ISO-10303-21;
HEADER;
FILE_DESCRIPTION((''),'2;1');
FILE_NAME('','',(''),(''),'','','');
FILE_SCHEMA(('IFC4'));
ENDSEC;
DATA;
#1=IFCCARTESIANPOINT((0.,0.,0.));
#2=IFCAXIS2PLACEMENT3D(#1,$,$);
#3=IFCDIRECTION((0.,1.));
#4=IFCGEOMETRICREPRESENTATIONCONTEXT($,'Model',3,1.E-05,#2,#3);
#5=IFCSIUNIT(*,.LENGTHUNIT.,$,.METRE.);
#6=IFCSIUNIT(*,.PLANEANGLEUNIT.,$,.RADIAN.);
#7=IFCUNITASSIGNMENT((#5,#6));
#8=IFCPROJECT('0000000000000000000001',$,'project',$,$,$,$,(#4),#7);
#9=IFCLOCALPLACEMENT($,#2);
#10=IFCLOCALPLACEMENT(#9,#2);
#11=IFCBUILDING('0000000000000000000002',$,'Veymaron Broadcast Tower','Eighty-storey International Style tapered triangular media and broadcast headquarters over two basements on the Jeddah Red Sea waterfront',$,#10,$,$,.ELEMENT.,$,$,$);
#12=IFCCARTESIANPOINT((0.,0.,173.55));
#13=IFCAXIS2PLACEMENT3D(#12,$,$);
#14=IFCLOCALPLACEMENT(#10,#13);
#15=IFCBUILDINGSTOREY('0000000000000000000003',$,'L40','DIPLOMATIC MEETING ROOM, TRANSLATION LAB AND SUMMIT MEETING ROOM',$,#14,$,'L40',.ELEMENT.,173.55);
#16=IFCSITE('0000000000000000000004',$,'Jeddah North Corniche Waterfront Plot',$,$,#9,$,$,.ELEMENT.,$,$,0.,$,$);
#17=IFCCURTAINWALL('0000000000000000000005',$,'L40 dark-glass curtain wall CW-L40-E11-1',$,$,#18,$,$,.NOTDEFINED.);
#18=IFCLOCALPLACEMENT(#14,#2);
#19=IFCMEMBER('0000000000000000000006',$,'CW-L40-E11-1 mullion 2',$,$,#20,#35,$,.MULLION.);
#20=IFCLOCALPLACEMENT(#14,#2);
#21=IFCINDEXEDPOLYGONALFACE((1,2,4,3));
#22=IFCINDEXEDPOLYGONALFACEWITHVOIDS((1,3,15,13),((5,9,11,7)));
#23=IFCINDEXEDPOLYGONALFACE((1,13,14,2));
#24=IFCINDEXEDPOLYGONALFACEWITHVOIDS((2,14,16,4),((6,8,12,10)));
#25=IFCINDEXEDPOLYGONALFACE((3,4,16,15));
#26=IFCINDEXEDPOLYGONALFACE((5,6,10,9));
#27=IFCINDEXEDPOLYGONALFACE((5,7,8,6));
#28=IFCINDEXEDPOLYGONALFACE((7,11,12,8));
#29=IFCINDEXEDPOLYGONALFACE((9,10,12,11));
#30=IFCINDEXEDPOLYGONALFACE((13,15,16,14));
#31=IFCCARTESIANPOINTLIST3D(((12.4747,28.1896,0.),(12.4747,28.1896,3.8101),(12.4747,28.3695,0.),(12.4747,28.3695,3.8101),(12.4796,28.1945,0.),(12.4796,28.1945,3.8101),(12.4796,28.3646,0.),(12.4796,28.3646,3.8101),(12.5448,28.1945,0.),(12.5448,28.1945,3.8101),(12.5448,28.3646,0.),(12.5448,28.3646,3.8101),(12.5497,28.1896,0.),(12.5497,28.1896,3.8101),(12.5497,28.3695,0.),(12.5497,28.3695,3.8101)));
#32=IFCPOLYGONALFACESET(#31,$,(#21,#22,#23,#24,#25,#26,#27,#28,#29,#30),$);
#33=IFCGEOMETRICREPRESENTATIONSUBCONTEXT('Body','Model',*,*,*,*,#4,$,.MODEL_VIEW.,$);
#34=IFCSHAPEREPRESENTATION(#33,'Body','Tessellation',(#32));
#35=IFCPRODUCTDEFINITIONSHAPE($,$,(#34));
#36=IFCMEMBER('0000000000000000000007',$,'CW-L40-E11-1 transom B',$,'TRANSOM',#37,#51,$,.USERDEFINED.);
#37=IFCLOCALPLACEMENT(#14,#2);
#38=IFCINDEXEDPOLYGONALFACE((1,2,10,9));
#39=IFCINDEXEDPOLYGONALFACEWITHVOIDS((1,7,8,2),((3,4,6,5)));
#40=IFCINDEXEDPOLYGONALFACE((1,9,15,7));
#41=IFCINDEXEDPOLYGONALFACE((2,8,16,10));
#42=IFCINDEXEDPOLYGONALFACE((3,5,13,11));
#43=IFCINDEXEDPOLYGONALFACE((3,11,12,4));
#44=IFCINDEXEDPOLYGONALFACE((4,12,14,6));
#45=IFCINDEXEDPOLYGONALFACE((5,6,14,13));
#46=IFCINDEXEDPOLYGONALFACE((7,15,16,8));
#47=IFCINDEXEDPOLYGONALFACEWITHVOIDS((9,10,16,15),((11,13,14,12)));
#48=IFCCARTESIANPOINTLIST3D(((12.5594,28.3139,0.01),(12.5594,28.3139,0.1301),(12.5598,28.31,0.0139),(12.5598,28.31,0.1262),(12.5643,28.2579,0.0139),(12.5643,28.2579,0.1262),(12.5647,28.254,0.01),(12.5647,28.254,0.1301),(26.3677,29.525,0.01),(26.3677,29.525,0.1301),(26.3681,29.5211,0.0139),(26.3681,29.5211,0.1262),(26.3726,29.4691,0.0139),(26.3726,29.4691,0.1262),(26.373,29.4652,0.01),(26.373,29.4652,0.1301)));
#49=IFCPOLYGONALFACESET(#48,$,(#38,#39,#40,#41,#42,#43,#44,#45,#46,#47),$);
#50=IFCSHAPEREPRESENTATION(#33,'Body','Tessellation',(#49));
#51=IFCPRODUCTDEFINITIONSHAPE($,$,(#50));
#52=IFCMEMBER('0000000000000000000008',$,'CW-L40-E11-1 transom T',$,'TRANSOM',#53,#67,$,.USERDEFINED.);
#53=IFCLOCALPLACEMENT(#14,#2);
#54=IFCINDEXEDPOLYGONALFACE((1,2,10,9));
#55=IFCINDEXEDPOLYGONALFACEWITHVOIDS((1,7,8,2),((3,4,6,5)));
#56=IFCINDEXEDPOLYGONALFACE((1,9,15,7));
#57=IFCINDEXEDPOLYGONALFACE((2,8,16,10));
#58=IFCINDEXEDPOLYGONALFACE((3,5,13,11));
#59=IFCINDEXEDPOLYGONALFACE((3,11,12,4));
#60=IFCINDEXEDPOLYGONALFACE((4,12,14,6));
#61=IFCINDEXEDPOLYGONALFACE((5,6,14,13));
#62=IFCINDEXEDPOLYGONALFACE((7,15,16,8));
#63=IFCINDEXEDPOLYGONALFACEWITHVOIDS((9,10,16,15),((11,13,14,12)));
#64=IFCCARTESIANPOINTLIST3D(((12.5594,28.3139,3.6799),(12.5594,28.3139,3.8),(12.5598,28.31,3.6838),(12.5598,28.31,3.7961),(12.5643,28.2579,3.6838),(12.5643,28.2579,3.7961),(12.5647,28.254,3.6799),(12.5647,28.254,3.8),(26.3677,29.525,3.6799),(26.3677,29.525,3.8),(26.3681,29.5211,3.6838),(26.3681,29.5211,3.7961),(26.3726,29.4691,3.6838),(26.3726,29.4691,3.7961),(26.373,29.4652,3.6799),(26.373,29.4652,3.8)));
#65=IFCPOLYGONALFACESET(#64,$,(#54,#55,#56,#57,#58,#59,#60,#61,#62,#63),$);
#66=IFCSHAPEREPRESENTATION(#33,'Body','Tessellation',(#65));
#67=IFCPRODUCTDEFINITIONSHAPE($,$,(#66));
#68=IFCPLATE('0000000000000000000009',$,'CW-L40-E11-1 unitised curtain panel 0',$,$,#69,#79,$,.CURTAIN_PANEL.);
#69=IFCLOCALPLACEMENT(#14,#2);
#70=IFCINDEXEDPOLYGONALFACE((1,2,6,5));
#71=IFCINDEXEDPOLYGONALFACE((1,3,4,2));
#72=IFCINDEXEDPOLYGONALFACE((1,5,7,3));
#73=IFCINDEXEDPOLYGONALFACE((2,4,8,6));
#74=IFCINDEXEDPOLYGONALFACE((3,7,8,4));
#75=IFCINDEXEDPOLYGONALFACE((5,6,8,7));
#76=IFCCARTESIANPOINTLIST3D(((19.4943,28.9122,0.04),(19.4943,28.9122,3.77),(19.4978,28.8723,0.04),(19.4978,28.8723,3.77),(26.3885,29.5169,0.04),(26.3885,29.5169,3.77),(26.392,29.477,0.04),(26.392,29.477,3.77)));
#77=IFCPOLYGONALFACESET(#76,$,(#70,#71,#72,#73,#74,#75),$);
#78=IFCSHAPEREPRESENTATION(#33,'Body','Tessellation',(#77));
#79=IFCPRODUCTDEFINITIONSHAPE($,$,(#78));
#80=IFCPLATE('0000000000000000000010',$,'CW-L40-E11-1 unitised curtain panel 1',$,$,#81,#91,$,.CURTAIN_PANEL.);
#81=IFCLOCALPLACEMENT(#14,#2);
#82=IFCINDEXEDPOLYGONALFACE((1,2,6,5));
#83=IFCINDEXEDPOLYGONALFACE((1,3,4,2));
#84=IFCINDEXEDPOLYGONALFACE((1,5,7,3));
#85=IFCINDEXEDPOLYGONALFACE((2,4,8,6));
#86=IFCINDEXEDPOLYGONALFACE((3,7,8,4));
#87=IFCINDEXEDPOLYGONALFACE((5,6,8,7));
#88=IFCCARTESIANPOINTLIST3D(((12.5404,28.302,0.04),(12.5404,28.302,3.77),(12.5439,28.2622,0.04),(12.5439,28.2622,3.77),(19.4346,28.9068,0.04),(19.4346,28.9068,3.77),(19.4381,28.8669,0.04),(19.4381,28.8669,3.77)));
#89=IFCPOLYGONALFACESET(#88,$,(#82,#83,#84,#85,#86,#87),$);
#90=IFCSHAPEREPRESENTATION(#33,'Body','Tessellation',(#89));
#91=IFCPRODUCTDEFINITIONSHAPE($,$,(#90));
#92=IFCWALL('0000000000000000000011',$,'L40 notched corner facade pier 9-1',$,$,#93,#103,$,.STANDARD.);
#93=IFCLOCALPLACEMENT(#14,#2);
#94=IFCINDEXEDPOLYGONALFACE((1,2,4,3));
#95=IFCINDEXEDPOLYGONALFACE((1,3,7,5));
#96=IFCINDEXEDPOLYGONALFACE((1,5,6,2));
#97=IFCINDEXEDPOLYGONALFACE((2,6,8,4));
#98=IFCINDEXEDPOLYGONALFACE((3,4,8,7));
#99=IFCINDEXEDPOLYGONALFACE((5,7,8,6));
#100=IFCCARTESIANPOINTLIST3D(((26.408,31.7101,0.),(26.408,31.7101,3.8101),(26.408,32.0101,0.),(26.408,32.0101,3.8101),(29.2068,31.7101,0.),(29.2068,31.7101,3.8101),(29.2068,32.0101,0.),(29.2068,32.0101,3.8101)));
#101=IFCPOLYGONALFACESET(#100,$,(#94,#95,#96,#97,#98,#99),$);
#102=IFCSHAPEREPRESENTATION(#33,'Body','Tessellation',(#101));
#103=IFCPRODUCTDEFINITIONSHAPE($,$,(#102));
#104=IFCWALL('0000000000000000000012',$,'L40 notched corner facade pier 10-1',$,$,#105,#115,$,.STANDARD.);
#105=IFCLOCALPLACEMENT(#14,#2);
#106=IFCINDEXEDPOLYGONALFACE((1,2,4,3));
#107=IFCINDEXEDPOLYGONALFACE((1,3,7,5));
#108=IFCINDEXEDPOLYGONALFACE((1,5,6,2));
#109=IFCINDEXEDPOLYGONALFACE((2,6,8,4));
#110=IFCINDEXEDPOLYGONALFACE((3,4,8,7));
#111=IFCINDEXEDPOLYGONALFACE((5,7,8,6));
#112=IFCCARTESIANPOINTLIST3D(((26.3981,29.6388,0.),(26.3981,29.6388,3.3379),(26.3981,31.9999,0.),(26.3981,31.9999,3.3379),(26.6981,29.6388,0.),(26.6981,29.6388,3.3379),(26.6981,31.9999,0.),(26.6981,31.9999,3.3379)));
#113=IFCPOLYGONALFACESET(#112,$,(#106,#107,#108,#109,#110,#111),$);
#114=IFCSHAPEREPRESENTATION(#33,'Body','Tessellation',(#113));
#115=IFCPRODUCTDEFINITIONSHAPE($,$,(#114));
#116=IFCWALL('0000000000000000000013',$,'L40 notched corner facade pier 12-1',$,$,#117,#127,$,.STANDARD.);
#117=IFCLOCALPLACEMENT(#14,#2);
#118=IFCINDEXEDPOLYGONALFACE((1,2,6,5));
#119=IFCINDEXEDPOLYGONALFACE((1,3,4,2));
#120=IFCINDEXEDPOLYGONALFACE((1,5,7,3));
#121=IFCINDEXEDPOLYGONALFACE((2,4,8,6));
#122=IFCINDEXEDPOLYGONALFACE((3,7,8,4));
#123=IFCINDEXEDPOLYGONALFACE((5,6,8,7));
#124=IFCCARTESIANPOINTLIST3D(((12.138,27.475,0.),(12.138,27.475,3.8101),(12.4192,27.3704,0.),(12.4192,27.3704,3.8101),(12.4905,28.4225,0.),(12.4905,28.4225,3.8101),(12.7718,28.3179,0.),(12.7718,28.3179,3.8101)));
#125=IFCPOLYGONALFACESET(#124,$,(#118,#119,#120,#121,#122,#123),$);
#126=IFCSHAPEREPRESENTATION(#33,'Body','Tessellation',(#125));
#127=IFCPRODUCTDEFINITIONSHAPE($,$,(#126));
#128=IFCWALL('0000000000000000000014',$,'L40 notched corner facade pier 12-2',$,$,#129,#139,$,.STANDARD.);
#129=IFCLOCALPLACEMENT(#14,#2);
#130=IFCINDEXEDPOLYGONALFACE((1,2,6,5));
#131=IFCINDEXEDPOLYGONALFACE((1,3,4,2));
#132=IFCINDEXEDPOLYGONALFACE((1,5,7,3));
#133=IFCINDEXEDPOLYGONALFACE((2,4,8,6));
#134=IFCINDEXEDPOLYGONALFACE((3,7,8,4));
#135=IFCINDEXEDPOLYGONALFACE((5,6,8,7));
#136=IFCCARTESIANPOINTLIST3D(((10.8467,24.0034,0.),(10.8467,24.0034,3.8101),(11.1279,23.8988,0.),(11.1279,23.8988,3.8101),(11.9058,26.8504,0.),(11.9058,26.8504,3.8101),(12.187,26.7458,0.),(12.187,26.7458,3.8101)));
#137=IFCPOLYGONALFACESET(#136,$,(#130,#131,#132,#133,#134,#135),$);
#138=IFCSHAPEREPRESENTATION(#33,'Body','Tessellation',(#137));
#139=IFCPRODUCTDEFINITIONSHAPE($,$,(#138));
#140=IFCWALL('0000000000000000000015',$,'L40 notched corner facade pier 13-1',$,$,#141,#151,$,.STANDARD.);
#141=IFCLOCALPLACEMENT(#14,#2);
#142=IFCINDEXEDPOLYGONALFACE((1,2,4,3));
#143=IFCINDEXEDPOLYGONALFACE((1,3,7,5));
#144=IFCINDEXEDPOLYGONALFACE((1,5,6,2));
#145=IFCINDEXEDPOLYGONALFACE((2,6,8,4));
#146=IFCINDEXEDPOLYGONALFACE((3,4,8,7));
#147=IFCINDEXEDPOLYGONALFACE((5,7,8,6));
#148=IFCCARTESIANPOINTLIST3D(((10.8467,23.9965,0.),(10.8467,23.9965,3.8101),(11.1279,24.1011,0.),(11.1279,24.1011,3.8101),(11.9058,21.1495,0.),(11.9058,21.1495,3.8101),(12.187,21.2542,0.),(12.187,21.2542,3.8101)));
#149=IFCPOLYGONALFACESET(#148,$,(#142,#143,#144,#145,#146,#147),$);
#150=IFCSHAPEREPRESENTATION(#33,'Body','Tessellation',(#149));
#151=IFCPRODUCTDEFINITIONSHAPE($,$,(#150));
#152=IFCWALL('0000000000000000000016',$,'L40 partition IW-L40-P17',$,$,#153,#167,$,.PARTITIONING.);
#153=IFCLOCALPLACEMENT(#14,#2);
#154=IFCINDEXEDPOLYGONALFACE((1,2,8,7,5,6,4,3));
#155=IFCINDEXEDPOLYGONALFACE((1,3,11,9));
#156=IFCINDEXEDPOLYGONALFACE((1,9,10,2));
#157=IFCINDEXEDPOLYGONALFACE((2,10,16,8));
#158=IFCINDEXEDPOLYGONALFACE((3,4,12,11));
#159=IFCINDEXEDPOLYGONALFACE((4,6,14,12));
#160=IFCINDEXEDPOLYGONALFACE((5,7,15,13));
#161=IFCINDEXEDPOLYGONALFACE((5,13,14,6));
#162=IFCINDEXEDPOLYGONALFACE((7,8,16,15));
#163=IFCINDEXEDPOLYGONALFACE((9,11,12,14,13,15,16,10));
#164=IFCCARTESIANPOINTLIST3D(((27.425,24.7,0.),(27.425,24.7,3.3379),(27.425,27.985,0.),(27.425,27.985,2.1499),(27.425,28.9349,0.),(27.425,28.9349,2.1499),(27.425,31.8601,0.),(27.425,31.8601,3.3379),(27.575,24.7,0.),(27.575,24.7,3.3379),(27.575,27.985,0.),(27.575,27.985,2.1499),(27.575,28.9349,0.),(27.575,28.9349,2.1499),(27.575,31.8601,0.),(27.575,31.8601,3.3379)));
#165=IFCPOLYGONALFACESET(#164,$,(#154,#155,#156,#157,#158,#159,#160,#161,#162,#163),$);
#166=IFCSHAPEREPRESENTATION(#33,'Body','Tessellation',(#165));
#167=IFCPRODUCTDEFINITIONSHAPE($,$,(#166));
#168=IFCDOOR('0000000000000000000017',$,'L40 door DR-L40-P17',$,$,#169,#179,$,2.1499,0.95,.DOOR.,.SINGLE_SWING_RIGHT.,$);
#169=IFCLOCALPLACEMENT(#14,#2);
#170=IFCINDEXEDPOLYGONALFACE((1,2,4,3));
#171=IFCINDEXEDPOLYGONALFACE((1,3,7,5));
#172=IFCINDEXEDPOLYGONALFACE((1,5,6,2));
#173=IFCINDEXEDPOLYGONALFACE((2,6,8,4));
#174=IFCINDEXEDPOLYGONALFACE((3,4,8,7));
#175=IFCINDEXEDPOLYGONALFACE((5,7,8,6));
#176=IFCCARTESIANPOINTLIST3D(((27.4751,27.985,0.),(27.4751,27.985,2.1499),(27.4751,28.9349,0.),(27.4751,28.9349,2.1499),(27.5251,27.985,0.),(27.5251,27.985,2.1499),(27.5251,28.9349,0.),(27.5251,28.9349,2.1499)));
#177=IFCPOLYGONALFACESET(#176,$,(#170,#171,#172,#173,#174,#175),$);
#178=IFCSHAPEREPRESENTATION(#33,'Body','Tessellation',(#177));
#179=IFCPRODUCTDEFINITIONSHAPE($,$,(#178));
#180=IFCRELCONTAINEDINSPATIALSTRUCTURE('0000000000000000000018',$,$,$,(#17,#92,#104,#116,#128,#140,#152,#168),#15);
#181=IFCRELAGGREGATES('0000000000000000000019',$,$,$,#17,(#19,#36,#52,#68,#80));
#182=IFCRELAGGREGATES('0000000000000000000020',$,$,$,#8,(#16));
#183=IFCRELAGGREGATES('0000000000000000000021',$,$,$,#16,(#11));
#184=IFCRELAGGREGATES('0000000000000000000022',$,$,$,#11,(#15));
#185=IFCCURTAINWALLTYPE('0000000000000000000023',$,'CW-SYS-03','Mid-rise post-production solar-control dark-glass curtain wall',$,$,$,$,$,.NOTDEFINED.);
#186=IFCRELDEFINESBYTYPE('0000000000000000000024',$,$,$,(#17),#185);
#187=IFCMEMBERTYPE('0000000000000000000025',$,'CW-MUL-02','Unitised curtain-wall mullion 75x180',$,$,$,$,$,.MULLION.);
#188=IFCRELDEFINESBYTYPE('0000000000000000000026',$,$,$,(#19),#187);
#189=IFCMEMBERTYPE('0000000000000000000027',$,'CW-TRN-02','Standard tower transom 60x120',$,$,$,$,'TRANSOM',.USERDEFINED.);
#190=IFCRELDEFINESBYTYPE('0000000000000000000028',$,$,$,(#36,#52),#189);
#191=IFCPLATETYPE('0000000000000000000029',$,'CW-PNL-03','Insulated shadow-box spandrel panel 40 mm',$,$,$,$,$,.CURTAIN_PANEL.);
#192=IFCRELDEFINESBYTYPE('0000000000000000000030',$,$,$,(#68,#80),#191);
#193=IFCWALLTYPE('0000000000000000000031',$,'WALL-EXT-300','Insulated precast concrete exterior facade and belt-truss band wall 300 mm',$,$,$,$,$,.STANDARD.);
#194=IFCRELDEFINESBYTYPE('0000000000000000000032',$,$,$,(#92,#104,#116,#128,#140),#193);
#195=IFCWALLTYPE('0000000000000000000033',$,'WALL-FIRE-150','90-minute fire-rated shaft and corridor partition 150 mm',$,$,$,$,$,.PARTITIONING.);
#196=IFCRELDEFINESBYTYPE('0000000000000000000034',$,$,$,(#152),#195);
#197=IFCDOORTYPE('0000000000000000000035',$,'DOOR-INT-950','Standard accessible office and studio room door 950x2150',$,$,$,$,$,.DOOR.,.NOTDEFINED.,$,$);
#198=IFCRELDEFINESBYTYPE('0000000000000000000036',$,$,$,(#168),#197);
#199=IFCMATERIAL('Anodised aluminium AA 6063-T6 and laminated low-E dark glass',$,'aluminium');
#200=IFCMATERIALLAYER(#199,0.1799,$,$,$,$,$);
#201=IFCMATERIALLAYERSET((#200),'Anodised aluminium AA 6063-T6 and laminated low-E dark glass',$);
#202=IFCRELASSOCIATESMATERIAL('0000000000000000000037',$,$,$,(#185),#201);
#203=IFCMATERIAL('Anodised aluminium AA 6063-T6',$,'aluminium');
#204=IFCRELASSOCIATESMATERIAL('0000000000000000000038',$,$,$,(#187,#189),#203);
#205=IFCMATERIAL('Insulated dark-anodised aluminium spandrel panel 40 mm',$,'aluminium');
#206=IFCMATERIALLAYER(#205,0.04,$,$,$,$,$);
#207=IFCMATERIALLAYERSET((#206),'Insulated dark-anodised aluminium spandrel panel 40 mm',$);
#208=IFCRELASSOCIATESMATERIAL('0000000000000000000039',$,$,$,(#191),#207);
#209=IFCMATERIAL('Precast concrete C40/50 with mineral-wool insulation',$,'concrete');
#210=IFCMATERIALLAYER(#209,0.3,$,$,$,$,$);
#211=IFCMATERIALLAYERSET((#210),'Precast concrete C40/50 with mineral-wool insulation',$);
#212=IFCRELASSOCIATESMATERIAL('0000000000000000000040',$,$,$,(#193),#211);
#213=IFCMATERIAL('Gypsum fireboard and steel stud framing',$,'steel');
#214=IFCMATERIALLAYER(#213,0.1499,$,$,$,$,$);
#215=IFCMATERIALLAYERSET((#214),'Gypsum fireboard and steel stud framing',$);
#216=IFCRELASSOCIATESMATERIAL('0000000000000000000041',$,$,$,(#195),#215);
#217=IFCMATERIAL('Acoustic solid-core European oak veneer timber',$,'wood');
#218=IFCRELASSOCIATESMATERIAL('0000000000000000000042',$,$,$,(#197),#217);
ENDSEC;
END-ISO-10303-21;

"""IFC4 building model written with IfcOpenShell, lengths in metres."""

from ifc_helpers import new_model, si_unit, direction, frame, frame_2d, origin, origin_2d, place, context, subcontext, project, spatial, rectangle, hollow_rectangle, extrude, material, layer, layer_set, material_profile, profile_set, type_object, element, fill, aggregate, save


model = new_model("IFC4")

# Units and contexts
model_context = context("Model", 3, precision=1e-05, world=origin(), true_north=direction((0.0, 1.0)))
body_context = subcontext(model_context, "Body", "Model", "MODEL_VIEW")
ifc_project = project(units=[si_unit("LENGTHUNIT", "METRE"), si_unit("PLANEANGLEUNIT", "RADIAN")], contexts=[model_context])

# Site, building, storey
site_placement = place(None, origin())
site = spatial("IfcSite", under=ifc_project, at=site_placement, Name="Jeddah North Corniche Waterfront Plot", CompositionType="ELEMENT", RefElevation=0.0)
building_placement = place(site_placement, origin())
building = spatial("IfcBuilding", under=site, at=building_placement, Name="Veymaron Broadcast Tower", Description="Eighty-storey International Style tapered triangular media and broadcast headquarters over two basements on the Jeddah Red Sea waterfront", CompositionType="ELEMENT")
storey_placement = place(building_placement, frame((0.0, 0.0, 173.55)))
storey = spatial("IfcBuildingStorey", under=building, at=storey_placement, Name="L40", Description="DIPLOMATIC MEETING ROOM, TRANSLATION LAB AND SUMMIT MEETING ROOM", LongName="L40", CompositionType="ELEMENT", Elevation=173.55)

# Curtain wall, members, plates
ifc_material_1 = material(Name="Anodised aluminium AA 6063-T6 and laminated low-E dark glass", Category="aluminium")
ifc_layer_1 = layer(ifc_material_1, 0.1799)
ifc_layer_set_1 = layer_set([ifc_layer_1], Name="Anodised aluminium AA 6063-T6 and laminated low-E dark glass")
curtain_wall_type = type_object("IfcCurtainWallType", Name="CW-SYS-03", Description="Mid-rise post-production solar-control dark-glass curtain wall", PredefinedType="NOTDEFINED", material=ifc_layer_set_1)
curtain_wall_placement = place(storey_placement, origin())
curtain_wall = element("IfcCurtainWall", 1, at=curtain_wall_placement, inside=storey, type_object=curtain_wall_type, Name="L40 dark-glass curtain wall CW-L40-E11-1", PredefinedType="NOTDEFINED")
ifc_material_2 = material(Name="Anodised aluminium AA 6063-T6", Category="aluminium")
ifc_material_profile_1 = material_profile(ifc_material_2, hollow_rectangle(XDim=0.075, YDim=0.1799, WallThickness=0.0049, at=origin_2d()), Name="AL180X75X5")
ifc_profile_set_1 = profile_set([ifc_material_profile_1], Name="Anodised aluminium AA 6063-T6")
member_type_1 = type_object("IfcMemberType", Name="CW-MUL-02", Description="Unitised curtain-wall mullion 75x180", PredefinedType="MULLION", material=ifc_profile_set_1)
member_1_placement = place(storey_placement, frame((12.5122, 28.2795, 0.0), z_axis=(0.0, 0.0, 1.0), x_axis=(1.0, 0.0, 0.0)))
member_1 = element("IfcMember", 2, at=member_1_placement, type_object=member_type_1, Name="CW-L40-E11-1 mullion 2", PredefinedType="MULLION", context=body_context, shape_type="SweptSolid", body=[
    extrude(hollow_rectangle(XDim=0.075, YDim=0.1799, WallThickness=0.0049, at=origin_2d()), origin(), (0.0, 0.0, 1.0), 3.8101),
])
ifc_material_profile_2 = material_profile(ifc_material_2, hollow_rectangle(XDim=0.0601, YDim=0.1201, WallThickness=0.0039, at=origin_2d()), Name="AL120X60X4")
ifc_profile_set_2 = profile_set([ifc_material_profile_2], Name="Anodised aluminium AA 6063-T6")
member_type_2 = type_object("IfcMemberType", Name="CW-TRN-02", Description="Standard tower transom 60x120", ElementType="TRANSOM", PredefinedType="USERDEFINED", material=ifc_profile_set_2)
member_2_placement = place(storey_placement, frame((26.3704, 29.4951, 0.0701), z_axis=(-0.996175, -0.087378, 0.0), x_axis=(0.087378, -0.996175, 0.0)))
member_2 = element("IfcMember", 3, at=member_2_placement, type_object=member_type_2, Name="CW-L40-E11-1 transom B", ObjectType="TRANSOM", PredefinedType="USERDEFINED", context=body_context, shape_type="SweptSolid", body=[
    extrude(hollow_rectangle(XDim=0.0601, YDim=0.1201, WallThickness=0.0039, at=origin_2d()), origin(), (0.0, 0.0, 1.0), 13.8613),
])
member_3_placement = place(storey_placement, frame((26.3704, 29.4951, 3.74), z_axis=(-0.996175, -0.087378, 0.0), x_axis=(0.087378, -0.996175, 0.0)))
member_3 = element("IfcMember", 4, at=member_3_placement, type_object=member_type_2, Name="CW-L40-E11-1 transom T", ObjectType="TRANSOM", PredefinedType="USERDEFINED", context=body_context, shape_type="SweptSolid", body=[
    extrude(hollow_rectangle(XDim=0.0601, YDim=0.1201, WallThickness=0.0039, at=origin_2d()), origin(), (0.0, 0.0, 1.0), 13.8613),
])
ifc_material_3 = material(Name="Insulated dark-anodised aluminium spandrel panel 40 mm", Category="aluminium")
ifc_layer_2 = layer(ifc_material_3, 0.04)
ifc_layer_set_2 = layer_set([ifc_layer_2], Name="Insulated dark-anodised aluminium spandrel panel 40 mm")
plate_type = type_object("IfcPlateType", Name="CW-PNL-03", Description="Insulated shadow-box spandrel panel 40 mm", PredefinedType="CURTAIN_PANEL", material=ifc_layer_set_2)
plate_1_placement = place(storey_placement, frame((22.9431, 29.1946, 0.04), z_axis=(0.0, 0.0, 1.0), x_axis=(-0.996175, -0.087382, 0.0)))
plate_1 = element("IfcPlate", 5, at=plate_1_placement, type_object=plate_type, Name="CW-L40-E11-1 unitised curtain panel 0", PredefinedType="CURTAIN_PANEL", context=body_context, shape_type="SweptSolid", body=[
    extrude(rectangle(XDim=6.9207, YDim=0.04, at=origin_2d()), origin(), (0.0, 0.0, 1.0), 3.73),
])
plate_2_placement = place(storey_placement, frame((15.9893, 28.5845, 0.04), z_axis=(0.0, 0.0, 1.0), x_axis=(-0.996175, -0.087382, 0.0)))
plate_2 = element("IfcPlate", 6, at=plate_2_placement, type_object=plate_type, Name="CW-L40-E11-1 unitised curtain panel 1", PredefinedType="CURTAIN_PANEL", context=body_context, shape_type="SweptSolid", body=[
    extrude(rectangle(XDim=6.9207, YDim=0.04, at=origin_2d()), origin(), (0.0, 0.0, 1.0), 3.73),
])
aggregate(curtain_wall, [member_1, member_2, member_3, plate_1, plate_2])

# Walls
ifc_material_4 = material(Name="Precast concrete C40/50 with mineral-wool insulation", Category="concrete")
ifc_layer_3 = layer(ifc_material_4, 0.3)
ifc_layer_set_3 = layer_set([ifc_layer_3], Name="Precast concrete C40/50 with mineral-wool insulation")
wall_type_1 = type_object("IfcWallType", Name="WALL-EXT-300", Description="Insulated precast concrete exterior facade and belt-truss band wall 300 mm", PredefinedType="STANDARD", material=ifc_layer_set_3)
wall_1_placement = place(storey_placement, frame((29.2068, 31.8601, 0.0), z_axis=(0.0, 0.0, 1.0), x_axis=(-1.0, 0.0, 0.0)))
element("IfcWall", 7, at=wall_1_placement, inside=storey, type_object=wall_type_1, Name="L40 notched corner facade pier 9-1", PredefinedType="STANDARD", context=body_context, shape_type="SweptSolid", body=[
    extrude(rectangle(XDim=2.7988, YDim=0.3, at=frame_2d((1.3994, 0.0))), origin(), (0.0, 0.0, 1.0), 3.8101),
])
wall_2_placement = place(storey_placement, frame((26.5481, 32.0, 0.0), z_axis=(0.0, 0.0, 1.0), x_axis=(0.0, -1.0, 0.0)))
element("IfcWall", 8, at=wall_2_placement, inside=storey, type_object=wall_type_1, Name="L40 notched corner facade pier 10-1", PredefinedType="STANDARD", context=body_context, shape_type="SweptSolid", body=[
    extrude(rectangle(XDim=2.3611, YDim=0.3, at=frame_2d((1.1807, 0.0))), origin(), (0.0, 0.0, 1.0), 3.3379),
])
wall_3_placement = place(storey_placement, frame((12.6311, 28.3701, 0.0), z_axis=(0.0, 0.0, 1.0), x_axis=(-0.348714, -0.937229, 0.0)))
element("IfcWall", 9, at=wall_3_placement, inside=storey, type_object=wall_type_1, Name="L40 notched corner facade pier 12-1", PredefinedType="STANDARD", context=body_context, shape_type="SweptSolid", body=[
    extrude(rectangle(XDim=1.011, YDim=0.3, at=frame_2d((0.5054, 0.0))), origin(), (0.0, 0.0, 1.0), 3.8101),
])
for number, where, z_axis, x_axis, name in (
    (10, (12.0464, 26.7981, 0.0), (0.0, 0.0, 1.0), (-0.348665, -0.937248, 0.0), "L40 notched corner facade pier 12-2"),
    (11, (10.9873, 24.0488, 0.0), (0.0, 0.0, 1.0), (0.348665, -0.937248, 0.0), "L40 notched corner facade pier 13-1"),
):
    element("IfcWall", number, at=place(storey_placement, frame(where, z_axis=z_axis, x_axis=x_axis)), inside=storey, type_object=wall_type_1, Name=name, PredefinedType="STANDARD", context=body_context, shape_type="SweptSolid", body=[
        extrude(rectangle(XDim=3.0376, YDim=0.3, at=frame_2d((1.5188, 0.0))), origin(), (0.0, 0.0, 1.0), 3.8101),
    ])

# Wall, opening, door
ifc_material_5 = material(Name="Gypsum fireboard and steel stud framing", Category="steel")
ifc_layer_4 = layer(ifc_material_5, 0.1499)
ifc_layer_set_4 = layer_set([ifc_layer_4], Name="Gypsum fireboard and steel stud framing")
wall_type_2 = type_object("IfcWallType", Name="WALL-FIRE-150", Description="90-minute fire-rated shaft and corridor partition 150 mm", PredefinedType="PARTITIONING", material=ifc_layer_set_4)
wall_4_placement = place(storey_placement, frame((27.5, 24.7, 0.0), z_axis=(0.0, 0.0, 1.0), x_axis=(0.0, 1.0, 0.0)))
wall_4 = element("IfcWall", 12, at=wall_4_placement, inside=storey, type_object=wall_type_2, Name="L40 partition IW-L40-P17", PredefinedType="PARTITIONING", context=body_context, shape_type="SweptSolid", body=[
    extrude(rectangle(XDim=7.1602, YDim=0.1499, at=frame_2d((3.5801, 0.0))), origin(), (0.0, 0.0, 1.0), 3.3379),
])
opening_placement = place(wall_4_placement, frame((3.2849, 0.0, 0.0)))
opening = element("IfcOpeningElement", 13, at=opening_placement, cuts=wall_4, PredefinedType="OPENING", context=body_context, shape_type="SweptSolid", body=[
    extrude(rectangle(XDim=0.95, YDim=2.1499, at=frame_2d((0.4751, 1.075))), frame((0.0, 0.085, 0.0), z_axis=(0.0, -1.0, 0.0), x_axis=(1.0, 0.0, 0.0)), (0.0, 0.0, 1.0), 0.1699),
])
ifc_material_6 = material(Name="Acoustic solid-core European oak veneer timber", Category="wood")
door_type = type_object("IfcDoorType", Name="DOOR-INT-950", Description="Standard accessible office and studio room door 950x2150", OperationType="NOTDEFINED", PredefinedType="DOOR", material=ifc_material_6)
door_placement = place(opening_placement, origin())
door = element("IfcDoor", 14, at=door_placement, inside=storey, type_object=door_type, Name="L40 door DR-L40-P17", OperationType="SINGLE_SWING_RIGHT", OverallHeight=2.1499, OverallWidth=0.95, PredefinedType="DOOR", context=body_context, shape_type="SweptSolid", body=[
    extrude(rectangle(XDim=0.95, YDim=2.1499, at=frame_2d((0.4751, 1.075))), frame((0.0, 0.0249, 0.0), z_axis=(0.0, -1.0, 0.0), x_axis=(1.0, 0.0, 0.0)), (0.0, 0.0, 1.0), 0.05),
])
fill(opening, door)

save(model, "model.ifc")
